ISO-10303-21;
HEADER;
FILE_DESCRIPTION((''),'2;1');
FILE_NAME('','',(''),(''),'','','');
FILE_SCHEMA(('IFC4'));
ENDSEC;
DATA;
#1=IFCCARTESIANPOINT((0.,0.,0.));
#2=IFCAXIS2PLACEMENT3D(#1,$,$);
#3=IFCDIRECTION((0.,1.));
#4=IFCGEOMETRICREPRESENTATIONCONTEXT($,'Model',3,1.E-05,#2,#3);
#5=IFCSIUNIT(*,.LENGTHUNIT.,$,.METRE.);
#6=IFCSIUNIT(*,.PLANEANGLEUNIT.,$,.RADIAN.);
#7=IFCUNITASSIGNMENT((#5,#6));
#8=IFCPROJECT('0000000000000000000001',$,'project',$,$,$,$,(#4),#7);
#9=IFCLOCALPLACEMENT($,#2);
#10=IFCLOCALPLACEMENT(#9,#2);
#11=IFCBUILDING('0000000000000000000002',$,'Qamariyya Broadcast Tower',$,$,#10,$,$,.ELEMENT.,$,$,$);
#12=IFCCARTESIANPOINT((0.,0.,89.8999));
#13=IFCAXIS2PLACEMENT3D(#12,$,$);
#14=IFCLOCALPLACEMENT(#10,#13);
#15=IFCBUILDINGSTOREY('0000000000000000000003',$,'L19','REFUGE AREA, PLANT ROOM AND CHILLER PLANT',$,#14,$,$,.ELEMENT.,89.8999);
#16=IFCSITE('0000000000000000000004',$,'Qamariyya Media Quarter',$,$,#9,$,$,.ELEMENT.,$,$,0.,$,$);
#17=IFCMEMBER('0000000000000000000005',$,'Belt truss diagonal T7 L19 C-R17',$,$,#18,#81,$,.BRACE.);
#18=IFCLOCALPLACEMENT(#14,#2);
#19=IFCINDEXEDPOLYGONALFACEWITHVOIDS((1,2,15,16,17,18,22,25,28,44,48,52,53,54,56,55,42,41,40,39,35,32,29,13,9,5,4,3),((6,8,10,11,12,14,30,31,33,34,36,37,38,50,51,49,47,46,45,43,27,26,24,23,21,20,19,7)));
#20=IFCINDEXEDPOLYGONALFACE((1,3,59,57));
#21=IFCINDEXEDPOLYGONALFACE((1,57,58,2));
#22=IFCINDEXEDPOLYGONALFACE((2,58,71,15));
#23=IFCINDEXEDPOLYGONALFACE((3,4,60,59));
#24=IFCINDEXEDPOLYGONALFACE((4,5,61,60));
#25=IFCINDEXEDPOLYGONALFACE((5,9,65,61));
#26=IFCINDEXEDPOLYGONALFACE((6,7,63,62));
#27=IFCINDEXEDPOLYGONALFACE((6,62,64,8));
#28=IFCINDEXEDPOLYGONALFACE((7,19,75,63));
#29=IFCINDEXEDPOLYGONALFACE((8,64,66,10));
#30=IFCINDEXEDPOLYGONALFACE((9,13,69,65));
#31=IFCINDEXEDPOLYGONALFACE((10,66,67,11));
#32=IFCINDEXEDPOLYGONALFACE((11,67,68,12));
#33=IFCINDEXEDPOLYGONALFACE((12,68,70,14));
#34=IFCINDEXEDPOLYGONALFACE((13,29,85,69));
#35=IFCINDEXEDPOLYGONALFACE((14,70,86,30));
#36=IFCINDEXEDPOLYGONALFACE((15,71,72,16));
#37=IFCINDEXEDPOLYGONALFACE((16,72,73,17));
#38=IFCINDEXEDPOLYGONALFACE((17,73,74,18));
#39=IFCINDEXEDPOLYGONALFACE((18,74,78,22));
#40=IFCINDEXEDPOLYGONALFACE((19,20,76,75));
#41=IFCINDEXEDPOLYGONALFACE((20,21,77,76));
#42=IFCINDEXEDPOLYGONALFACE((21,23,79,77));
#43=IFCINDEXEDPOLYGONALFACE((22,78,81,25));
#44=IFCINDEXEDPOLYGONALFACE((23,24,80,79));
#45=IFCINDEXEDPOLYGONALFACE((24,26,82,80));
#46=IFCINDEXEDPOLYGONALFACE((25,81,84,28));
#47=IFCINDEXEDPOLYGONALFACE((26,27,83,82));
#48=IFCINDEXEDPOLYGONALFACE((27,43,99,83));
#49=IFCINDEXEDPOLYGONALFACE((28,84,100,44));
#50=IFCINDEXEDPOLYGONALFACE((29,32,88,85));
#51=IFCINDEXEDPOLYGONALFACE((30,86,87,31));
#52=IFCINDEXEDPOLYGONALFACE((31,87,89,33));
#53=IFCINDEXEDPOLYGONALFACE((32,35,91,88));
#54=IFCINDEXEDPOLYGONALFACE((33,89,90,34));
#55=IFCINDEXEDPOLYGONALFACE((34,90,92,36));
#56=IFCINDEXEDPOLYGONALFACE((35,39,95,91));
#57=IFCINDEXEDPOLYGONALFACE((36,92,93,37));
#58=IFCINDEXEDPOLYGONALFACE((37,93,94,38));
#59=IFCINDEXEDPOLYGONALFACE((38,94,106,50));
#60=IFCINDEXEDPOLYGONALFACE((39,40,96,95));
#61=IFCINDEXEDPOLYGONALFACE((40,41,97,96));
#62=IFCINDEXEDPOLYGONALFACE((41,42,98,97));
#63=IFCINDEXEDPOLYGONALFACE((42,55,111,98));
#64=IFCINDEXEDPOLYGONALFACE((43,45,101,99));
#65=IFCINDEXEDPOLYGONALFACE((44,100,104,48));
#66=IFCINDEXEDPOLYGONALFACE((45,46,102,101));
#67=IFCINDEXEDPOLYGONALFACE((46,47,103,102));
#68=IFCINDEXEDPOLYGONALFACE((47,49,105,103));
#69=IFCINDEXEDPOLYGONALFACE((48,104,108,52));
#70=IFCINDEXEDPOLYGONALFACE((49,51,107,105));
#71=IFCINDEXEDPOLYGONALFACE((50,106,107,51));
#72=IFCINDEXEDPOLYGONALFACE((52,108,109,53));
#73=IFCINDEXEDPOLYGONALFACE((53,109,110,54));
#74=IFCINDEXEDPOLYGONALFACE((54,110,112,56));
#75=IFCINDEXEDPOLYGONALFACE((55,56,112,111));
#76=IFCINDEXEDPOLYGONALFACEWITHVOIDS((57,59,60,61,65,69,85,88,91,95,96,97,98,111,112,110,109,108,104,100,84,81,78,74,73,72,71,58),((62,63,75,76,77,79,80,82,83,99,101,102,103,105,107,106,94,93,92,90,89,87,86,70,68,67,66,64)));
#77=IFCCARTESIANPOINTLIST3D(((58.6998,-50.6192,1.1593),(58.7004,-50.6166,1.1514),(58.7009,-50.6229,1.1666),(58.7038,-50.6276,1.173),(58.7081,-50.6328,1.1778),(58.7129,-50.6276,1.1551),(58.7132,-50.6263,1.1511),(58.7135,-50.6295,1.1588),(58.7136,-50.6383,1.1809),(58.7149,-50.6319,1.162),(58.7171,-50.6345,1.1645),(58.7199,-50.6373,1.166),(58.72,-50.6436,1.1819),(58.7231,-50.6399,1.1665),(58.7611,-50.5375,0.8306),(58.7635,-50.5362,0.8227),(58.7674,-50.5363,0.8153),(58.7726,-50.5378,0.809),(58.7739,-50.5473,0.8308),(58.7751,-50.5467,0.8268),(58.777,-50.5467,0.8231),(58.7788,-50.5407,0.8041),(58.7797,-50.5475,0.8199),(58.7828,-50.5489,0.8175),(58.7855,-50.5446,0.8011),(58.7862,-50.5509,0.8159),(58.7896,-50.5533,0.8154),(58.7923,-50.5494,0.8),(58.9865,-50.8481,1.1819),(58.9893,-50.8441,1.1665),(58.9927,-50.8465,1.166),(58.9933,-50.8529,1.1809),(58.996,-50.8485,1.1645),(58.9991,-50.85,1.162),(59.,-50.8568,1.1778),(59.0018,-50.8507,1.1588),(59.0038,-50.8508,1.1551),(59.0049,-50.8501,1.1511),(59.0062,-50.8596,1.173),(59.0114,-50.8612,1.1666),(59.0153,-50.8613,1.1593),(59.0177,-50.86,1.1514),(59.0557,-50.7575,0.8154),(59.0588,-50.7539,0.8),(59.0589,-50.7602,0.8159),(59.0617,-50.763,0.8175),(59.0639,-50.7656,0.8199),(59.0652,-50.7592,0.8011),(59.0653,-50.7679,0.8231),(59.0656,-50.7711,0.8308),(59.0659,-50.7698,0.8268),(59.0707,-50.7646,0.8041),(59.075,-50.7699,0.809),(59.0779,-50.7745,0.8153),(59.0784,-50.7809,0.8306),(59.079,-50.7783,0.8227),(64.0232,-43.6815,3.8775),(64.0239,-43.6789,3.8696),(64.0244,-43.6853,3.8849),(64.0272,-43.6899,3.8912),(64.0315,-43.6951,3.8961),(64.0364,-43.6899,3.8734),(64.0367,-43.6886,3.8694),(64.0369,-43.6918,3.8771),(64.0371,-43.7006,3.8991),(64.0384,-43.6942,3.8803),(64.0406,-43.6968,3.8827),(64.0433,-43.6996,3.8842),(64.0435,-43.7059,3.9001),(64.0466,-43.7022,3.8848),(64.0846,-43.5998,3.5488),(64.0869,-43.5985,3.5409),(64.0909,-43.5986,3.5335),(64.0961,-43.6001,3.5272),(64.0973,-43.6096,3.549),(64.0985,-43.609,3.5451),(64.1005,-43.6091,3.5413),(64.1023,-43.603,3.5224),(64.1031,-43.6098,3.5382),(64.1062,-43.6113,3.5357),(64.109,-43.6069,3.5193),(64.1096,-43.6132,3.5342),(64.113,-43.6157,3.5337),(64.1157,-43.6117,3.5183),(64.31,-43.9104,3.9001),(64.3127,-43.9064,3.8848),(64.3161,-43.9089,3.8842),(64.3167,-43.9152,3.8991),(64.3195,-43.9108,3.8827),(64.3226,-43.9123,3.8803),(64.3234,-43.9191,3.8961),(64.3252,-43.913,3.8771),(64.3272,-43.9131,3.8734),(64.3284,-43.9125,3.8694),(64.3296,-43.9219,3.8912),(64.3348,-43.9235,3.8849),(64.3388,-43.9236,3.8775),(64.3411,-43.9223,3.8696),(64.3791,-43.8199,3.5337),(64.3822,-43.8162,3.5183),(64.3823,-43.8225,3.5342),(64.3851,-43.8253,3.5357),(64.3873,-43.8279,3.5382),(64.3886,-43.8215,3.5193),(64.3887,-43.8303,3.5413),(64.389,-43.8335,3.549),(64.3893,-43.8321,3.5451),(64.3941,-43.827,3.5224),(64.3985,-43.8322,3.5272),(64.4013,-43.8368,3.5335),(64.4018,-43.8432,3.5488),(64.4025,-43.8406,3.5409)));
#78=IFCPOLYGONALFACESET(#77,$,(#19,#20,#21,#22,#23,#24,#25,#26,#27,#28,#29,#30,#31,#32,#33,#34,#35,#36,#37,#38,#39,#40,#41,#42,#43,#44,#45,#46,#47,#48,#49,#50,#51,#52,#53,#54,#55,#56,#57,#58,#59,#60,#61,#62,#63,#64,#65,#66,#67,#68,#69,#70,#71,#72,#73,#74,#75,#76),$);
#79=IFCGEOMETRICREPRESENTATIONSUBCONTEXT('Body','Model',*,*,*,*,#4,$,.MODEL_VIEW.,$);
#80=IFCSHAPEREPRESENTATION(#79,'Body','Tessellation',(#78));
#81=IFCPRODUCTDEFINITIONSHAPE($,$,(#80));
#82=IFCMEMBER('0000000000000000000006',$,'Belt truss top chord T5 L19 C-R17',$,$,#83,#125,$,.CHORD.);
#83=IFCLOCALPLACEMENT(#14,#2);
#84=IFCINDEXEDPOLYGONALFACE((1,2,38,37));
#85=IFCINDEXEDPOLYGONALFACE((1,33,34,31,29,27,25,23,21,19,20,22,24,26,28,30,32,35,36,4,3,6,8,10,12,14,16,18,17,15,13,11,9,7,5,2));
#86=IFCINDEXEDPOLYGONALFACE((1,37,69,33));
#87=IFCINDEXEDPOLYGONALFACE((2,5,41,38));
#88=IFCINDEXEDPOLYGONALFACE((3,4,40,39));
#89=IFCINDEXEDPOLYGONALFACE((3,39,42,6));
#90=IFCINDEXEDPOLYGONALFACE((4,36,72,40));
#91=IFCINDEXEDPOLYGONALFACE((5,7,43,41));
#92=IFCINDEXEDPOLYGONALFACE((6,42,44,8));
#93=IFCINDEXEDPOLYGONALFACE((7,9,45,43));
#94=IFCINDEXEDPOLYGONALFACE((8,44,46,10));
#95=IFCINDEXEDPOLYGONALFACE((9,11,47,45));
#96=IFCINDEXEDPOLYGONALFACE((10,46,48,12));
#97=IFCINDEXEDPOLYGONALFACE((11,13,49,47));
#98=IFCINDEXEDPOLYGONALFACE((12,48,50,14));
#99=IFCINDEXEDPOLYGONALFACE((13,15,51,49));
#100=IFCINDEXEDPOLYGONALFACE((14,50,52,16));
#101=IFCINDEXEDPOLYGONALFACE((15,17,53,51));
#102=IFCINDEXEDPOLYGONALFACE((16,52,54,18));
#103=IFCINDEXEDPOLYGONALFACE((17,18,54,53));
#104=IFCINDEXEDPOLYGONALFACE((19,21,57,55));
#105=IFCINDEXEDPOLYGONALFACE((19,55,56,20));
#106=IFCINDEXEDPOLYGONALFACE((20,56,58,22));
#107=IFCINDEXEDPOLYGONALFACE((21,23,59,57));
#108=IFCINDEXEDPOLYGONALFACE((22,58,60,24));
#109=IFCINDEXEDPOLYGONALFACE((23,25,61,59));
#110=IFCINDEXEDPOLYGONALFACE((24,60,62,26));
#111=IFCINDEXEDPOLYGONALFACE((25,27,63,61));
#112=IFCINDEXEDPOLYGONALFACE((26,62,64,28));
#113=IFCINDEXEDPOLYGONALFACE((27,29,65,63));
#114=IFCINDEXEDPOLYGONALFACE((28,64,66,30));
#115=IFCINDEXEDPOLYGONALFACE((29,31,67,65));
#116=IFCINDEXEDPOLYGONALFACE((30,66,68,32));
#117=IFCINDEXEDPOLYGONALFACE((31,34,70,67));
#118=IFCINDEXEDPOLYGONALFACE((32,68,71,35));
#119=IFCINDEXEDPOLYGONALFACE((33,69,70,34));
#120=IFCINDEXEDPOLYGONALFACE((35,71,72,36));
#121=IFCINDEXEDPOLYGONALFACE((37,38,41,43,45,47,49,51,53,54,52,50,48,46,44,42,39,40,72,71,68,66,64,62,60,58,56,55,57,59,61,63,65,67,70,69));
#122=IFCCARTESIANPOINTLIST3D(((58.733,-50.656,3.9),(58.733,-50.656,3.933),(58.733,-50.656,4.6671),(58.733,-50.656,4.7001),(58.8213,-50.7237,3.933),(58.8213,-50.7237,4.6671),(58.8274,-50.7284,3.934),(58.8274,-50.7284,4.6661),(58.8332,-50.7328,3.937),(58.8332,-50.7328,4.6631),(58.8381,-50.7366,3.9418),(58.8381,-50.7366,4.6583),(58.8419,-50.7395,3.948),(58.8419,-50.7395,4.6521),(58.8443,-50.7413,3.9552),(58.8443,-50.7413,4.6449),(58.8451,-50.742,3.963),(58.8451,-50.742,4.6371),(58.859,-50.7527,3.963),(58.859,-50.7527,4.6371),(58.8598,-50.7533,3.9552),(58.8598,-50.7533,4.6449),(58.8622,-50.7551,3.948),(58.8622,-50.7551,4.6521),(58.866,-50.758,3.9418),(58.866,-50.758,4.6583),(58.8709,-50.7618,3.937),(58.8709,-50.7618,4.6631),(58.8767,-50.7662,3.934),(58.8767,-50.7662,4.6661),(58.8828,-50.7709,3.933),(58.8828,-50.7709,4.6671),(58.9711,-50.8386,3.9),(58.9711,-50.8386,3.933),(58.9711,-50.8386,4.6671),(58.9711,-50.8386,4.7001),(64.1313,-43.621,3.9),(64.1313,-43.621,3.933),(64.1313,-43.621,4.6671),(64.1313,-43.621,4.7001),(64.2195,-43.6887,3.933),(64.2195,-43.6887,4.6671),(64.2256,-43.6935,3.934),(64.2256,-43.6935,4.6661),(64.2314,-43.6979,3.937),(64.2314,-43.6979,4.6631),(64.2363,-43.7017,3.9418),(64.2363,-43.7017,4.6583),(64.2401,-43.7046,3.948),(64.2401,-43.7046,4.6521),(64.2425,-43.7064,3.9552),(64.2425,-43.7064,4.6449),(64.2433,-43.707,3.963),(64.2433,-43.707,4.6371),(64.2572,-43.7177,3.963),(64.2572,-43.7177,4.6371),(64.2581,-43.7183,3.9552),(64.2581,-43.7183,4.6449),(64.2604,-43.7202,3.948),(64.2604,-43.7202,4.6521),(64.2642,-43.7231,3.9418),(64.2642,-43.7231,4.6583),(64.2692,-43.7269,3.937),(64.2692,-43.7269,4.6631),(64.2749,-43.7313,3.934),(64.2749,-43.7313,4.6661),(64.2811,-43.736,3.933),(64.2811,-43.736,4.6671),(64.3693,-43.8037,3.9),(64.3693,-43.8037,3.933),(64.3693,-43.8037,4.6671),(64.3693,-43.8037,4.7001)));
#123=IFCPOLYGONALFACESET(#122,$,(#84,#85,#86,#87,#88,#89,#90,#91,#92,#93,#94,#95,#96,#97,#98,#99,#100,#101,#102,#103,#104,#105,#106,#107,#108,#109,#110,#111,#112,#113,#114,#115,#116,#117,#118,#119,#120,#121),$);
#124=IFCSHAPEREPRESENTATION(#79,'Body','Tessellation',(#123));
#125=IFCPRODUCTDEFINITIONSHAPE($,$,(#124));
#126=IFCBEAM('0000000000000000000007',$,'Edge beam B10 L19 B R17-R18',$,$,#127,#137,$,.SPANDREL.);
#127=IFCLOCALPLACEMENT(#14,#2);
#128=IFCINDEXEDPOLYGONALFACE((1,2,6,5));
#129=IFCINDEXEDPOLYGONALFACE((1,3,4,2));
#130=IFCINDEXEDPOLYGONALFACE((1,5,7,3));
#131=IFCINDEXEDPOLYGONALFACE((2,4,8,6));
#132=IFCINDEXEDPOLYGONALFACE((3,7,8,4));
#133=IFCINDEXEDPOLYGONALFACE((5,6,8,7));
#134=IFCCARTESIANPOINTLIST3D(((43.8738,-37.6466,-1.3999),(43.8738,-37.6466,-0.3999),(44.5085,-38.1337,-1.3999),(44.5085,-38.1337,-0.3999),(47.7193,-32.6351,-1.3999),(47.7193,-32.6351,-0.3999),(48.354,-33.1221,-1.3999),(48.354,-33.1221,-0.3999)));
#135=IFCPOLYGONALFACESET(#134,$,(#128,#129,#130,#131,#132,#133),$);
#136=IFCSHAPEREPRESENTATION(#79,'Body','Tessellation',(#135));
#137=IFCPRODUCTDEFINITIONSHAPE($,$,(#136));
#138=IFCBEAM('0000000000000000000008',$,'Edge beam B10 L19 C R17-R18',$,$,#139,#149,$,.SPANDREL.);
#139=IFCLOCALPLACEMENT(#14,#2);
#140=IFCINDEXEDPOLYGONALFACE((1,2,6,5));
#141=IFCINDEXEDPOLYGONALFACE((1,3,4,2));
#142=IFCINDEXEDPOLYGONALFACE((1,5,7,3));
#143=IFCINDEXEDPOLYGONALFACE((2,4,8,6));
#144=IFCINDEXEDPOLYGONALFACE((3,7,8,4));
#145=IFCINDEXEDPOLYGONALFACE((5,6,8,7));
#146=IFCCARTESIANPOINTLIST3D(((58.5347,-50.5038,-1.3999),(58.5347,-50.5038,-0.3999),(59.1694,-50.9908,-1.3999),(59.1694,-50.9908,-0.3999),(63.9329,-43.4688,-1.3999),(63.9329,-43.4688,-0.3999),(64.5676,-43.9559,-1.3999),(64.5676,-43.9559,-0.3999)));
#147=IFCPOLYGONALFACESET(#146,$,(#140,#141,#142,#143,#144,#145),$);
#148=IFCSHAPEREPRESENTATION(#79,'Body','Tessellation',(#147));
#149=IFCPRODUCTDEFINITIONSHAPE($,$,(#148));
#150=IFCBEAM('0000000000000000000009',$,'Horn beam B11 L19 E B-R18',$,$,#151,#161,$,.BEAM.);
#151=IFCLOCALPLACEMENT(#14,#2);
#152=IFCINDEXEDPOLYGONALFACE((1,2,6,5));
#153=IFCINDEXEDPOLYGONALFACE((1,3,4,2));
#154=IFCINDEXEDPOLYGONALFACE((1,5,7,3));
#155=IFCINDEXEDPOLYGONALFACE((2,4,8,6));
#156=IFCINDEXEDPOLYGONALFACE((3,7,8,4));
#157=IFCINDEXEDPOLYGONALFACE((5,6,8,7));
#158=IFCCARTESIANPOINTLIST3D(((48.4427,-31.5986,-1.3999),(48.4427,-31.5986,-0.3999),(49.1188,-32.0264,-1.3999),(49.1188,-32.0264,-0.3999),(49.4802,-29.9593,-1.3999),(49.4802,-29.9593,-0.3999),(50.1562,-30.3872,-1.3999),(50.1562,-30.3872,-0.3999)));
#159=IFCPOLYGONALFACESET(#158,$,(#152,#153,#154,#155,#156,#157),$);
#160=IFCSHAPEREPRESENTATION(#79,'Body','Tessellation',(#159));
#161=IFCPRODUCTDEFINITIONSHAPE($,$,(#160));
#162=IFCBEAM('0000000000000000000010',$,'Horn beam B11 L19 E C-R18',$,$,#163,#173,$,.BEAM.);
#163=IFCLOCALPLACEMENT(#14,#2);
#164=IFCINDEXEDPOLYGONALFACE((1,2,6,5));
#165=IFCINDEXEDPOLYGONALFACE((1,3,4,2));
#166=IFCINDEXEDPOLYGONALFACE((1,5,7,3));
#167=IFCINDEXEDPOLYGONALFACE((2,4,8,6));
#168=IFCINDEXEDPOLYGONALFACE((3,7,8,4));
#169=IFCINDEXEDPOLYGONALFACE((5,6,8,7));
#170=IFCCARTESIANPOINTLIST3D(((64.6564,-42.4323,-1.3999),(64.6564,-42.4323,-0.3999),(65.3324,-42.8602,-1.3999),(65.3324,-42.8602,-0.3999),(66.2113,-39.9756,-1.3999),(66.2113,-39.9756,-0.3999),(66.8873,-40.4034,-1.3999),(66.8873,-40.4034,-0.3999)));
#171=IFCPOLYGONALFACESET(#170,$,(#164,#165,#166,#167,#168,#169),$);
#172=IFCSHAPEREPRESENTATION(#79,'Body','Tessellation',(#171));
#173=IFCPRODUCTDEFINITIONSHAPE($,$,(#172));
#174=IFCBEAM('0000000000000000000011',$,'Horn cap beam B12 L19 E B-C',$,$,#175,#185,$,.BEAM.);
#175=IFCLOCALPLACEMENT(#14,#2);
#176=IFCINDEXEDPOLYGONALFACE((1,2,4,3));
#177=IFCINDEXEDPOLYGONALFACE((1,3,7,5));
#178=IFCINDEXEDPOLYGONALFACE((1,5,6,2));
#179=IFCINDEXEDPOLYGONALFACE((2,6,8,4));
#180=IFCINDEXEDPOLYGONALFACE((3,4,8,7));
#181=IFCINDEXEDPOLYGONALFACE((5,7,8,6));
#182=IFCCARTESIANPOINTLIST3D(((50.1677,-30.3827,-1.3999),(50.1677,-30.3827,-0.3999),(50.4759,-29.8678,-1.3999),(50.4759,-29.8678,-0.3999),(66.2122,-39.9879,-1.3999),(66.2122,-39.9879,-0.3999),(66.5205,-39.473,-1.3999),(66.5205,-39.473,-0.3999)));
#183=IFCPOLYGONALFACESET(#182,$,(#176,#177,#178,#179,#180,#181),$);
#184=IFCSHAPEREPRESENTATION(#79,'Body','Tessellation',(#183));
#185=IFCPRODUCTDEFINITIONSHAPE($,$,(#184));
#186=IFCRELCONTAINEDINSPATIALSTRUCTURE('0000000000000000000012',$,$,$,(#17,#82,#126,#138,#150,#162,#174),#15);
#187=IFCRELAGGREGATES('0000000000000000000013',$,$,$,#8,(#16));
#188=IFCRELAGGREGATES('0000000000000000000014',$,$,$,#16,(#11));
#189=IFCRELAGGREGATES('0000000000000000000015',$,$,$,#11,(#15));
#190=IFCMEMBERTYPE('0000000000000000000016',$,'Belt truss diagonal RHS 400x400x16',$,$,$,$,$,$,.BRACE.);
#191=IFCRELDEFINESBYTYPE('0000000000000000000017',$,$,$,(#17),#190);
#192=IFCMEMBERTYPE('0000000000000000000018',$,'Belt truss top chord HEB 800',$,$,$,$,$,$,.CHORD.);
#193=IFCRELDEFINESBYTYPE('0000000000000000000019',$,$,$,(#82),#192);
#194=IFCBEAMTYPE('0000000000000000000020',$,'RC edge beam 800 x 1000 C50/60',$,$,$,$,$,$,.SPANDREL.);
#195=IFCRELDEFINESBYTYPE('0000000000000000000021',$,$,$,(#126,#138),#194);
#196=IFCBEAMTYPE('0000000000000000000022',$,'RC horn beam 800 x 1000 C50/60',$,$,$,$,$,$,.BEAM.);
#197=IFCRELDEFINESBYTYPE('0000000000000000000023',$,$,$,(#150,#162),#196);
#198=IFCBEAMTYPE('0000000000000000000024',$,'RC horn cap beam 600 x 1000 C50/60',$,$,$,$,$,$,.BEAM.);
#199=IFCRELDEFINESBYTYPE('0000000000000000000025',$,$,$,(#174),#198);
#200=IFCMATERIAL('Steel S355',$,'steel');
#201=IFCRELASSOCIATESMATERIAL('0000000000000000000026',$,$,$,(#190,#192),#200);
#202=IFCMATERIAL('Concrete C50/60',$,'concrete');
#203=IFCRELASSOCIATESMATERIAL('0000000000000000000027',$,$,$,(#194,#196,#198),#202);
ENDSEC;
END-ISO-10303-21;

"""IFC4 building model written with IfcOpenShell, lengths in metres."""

from ifc_helpers import new_model, si_unit, direction, frame, origin, origin_2d, place, context, subcontext, project, spatial, rectangle, hollow_rectangle, i_section, extrude, material, material_profile, profile_set, type_object, element, save


model = new_model("IFC4")

# Units and contexts
model_context = context("Model", 3, precision=1e-05, world=origin(), true_north=direction((0.0, 1.0)))
body_context = subcontext(model_context, "Body", "Model", "MODEL_VIEW")
ifc_project = project(units=[si_unit("LENGTHUNIT", "METRE"), si_unit("PLANEANGLEUNIT", "RADIAN")], contexts=[model_context])

# Site, building, storey
site_placement = place(None, origin())
site = spatial("IfcSite", under=ifc_project, at=site_placement, Name="Qamariyya Media Quarter", CompositionType="ELEMENT", RefElevation=0.0)
building_placement = place(site_placement, origin())
building = spatial("IfcBuilding", under=site, at=building_placement, Name="Qamariyya Broadcast Tower", CompositionType="ELEMENT")
storey_placement = place(building_placement, frame((0.0, 0.0, 89.8999)))
storey = spatial("IfcBuildingStorey", under=building, at=storey_placement, Name="L19", Description="REFUGE AREA, PLANT ROOM AND CHILLER PLANT", CompositionType="ELEMENT", Elevation=89.8999)

# Members
ifc_material_1 = material(Name="Steel S355", Category="steel")
ifc_material_profile_1 = material_profile(ifc_material_1, hollow_rectangle(XDim=0.3999, YDim=0.3999, WallThickness=0.0161, InnerFilletRadius=0.0161, OuterFilletRadius=0.032, at=origin_2d()))
ifc_profile_set_1 = profile_set([ifc_material_profile_1], Name="Steel S355")
member_type_1 = type_object("IfcMemberType", Name="Belt truss diagonal RHS 400x400x16", PredefinedType="BRACE", material=ifc_profile_set_1)
member_1_placement = place(storey_placement, frame((58.8894, -50.6987, 0.991), z_axis=(0.581322, 0.757598, 0.296833), x_axis=(-0.793355, 0.608759, 0.0)))
element("IfcMember", 1, at=member_1_placement, inside=storey, type_object=member_type_1, Name="Belt truss diagonal T7 L19 C-R17", PredefinedType="BRACE", context=body_context, shape_type="SweptSolid", body=[
    extrude(hollow_rectangle(XDim=0.3999, YDim=0.3999, WallThickness=0.0161, InnerFilletRadius=0.0161, OuterFilletRadius=0.032, at=origin_2d()), origin(), (0.0, 0.0, 1.0), 9.1575),
])
ifc_material_profile_2 = material_profile(ifc_material_1, i_section(OverallWidth=0.3, OverallDepth=0.8, WebThickness=0.0176, FlangeThickness=0.033, FilletRadius=0.03, at=origin_2d()))
ifc_profile_set_2 = profile_set([ifc_material_profile_2], Name="Steel S355")
member_type_2 = type_object("IfcMemberType", Name="Belt truss top chord HEB 800", PredefinedType="CHORD", material=ifc_profile_set_2)
member_2_placement = place(storey_placement, frame((58.8521, -50.7473, 4.3), z_axis=(0.60877, 0.793347, 0.0), x_axis=(-0.793347, 0.60877, 0.0)))
element("IfcMember", 2, at=member_2_placement, inside=storey, type_object=member_type_2, Name="Belt truss top chord T5 L19 C-R17", PredefinedType="CHORD", context=body_context, shape_type="SweptSolid", body=[
    extrude(i_section(OverallWidth=0.3, OverallDepth=0.8, WebThickness=0.0176, FlangeThickness=0.033, FilletRadius=0.03, at=origin_2d()), origin(), (0.0, 0.0, 1.0), 8.8674),
])

# Beams
ifc_material_2 = material(Name="Concrete C50/60", Category="concrete")
ifc_material_profile_3 = material_profile(ifc_material_2, rectangle(XDim=0.8, YDim=1.0, at=origin_2d()))
ifc_profile_set_3 = profile_set([ifc_material_profile_3], Name="Concrete C50/60")
beam_type_1 = type_object("IfcBeamType", Name="RC edge beam 800 x 1000 C50/60", PredefinedType="SPANDREL", material=ifc_profile_set_3)
beam_1_placement = place(storey_placement, frame((44.1912, -37.8901, -0.8999), z_axis=(0.608763, 0.793352, 0.0), x_axis=(-0.793352, 0.608763, 0.0)))
element("IfcBeam", 3, at=beam_1_placement, inside=storey, type_object=beam_type_1, Name="Edge beam B10 L19 B R17-R18", PredefinedType="SPANDREL", context=body_context, shape_type="SweptSolid", body=[
    extrude(rectangle(XDim=0.8, YDim=1.0, at=origin_2d()), origin(), (0.0, 0.0, 1.0), 6.3169),
])
beam_2_placement = place(storey_placement, frame((58.8521, -50.7473, -0.8999), z_axis=(0.60877, 0.793347, 0.0), x_axis=(-0.793347, 0.60877, 0.0)))
element("IfcBeam", 4, at=beam_2_placement, inside=storey, type_object=beam_type_1, Name="Edge beam B10 L19 C R17-R18", PredefinedType="SPANDREL", context=body_context, shape_type="SweptSolid", body=[
    extrude(rectangle(XDim=0.8, YDim=1.0, at=origin_2d()), origin(), (0.0, 0.0, 1.0), 8.8674),
])
ifc_material_profile_4 = material_profile(ifc_material_2, rectangle(XDim=0.8, YDim=1.0, at=origin_2d()))
ifc_profile_set_4 = profile_set([ifc_material_profile_4], Name="Concrete C50/60")
beam_type_2 = type_object("IfcBeamType", Name="RC horn beam 800 x 1000 C50/60", PredefinedType="BEAM", material=ifc_profile_set_4)
beam_3_placement = place(storey_placement, frame((48.7808, -31.8125, -0.8999), z_axis=(0.534765, 0.845001, 0.0), x_axis=(-0.845001, 0.534765, 0.0)))
element("IfcBeam", 5, at=beam_3_placement, inside=storey, type_object=beam_type_2, Name="Horn beam B11 L19 E B-R18", PredefinedType="BEAM", context=body_context, shape_type="SweptSolid", body=[
    extrude(rectangle(XDim=0.8, YDim=1.0, at=origin_2d()), origin(), (0.0, 0.0, 1.0), 1.9399),
])
beam_4_placement = place(storey_placement, frame((64.9944, -42.6462, -0.8999), z_axis=(0.534798, 0.84498, 0.0), x_axis=(-0.84498, 0.534798, 0.0)))
element("IfcBeam", 6, at=beam_4_placement, inside=storey, type_object=beam_type_2, Name="Horn beam B11 L19 E C-R18", PredefinedType="BEAM", context=body_context, shape_type="SweptSolid", body=[
    extrude(rectangle(XDim=0.8, YDim=1.0, at=origin_2d()), origin(), (0.0, 0.0, 1.0), 2.9075),
])
ifc_material_profile_5 = material_profile(ifc_material_2, rectangle(XDim=0.6001, YDim=1.0, at=origin_2d()))
ifc_profile_set_5 = profile_set([ifc_material_profile_5], Name="Concrete C50/60")
beam_type_3 = type_object("IfcBeamType", Name="RC horn cap beam 600 x 1000 C50/60", PredefinedType="BEAM", material=ifc_profile_set_5)
beam_5_placement = place(storey_placement, frame((50.3218, -30.1252, -0.8999), z_axis=(0.858002, -0.513647, 0.0), x_axis=(0.513647, 0.858002, 0.0)))
element("IfcBeam", 7, at=beam_5_placement, inside=storey, type_object=beam_type_3, Name="Horn cap beam B12 L19 E B-C", PredefinedType="BEAM", context=body_context, shape_type="SweptSolid", body=[
    extrude(rectangle(XDim=0.6001, YDim=1.0, at=origin_2d()), origin(), (0.0, 0.0, 1.0), 18.7),
])

save(model, "model.ifc")
